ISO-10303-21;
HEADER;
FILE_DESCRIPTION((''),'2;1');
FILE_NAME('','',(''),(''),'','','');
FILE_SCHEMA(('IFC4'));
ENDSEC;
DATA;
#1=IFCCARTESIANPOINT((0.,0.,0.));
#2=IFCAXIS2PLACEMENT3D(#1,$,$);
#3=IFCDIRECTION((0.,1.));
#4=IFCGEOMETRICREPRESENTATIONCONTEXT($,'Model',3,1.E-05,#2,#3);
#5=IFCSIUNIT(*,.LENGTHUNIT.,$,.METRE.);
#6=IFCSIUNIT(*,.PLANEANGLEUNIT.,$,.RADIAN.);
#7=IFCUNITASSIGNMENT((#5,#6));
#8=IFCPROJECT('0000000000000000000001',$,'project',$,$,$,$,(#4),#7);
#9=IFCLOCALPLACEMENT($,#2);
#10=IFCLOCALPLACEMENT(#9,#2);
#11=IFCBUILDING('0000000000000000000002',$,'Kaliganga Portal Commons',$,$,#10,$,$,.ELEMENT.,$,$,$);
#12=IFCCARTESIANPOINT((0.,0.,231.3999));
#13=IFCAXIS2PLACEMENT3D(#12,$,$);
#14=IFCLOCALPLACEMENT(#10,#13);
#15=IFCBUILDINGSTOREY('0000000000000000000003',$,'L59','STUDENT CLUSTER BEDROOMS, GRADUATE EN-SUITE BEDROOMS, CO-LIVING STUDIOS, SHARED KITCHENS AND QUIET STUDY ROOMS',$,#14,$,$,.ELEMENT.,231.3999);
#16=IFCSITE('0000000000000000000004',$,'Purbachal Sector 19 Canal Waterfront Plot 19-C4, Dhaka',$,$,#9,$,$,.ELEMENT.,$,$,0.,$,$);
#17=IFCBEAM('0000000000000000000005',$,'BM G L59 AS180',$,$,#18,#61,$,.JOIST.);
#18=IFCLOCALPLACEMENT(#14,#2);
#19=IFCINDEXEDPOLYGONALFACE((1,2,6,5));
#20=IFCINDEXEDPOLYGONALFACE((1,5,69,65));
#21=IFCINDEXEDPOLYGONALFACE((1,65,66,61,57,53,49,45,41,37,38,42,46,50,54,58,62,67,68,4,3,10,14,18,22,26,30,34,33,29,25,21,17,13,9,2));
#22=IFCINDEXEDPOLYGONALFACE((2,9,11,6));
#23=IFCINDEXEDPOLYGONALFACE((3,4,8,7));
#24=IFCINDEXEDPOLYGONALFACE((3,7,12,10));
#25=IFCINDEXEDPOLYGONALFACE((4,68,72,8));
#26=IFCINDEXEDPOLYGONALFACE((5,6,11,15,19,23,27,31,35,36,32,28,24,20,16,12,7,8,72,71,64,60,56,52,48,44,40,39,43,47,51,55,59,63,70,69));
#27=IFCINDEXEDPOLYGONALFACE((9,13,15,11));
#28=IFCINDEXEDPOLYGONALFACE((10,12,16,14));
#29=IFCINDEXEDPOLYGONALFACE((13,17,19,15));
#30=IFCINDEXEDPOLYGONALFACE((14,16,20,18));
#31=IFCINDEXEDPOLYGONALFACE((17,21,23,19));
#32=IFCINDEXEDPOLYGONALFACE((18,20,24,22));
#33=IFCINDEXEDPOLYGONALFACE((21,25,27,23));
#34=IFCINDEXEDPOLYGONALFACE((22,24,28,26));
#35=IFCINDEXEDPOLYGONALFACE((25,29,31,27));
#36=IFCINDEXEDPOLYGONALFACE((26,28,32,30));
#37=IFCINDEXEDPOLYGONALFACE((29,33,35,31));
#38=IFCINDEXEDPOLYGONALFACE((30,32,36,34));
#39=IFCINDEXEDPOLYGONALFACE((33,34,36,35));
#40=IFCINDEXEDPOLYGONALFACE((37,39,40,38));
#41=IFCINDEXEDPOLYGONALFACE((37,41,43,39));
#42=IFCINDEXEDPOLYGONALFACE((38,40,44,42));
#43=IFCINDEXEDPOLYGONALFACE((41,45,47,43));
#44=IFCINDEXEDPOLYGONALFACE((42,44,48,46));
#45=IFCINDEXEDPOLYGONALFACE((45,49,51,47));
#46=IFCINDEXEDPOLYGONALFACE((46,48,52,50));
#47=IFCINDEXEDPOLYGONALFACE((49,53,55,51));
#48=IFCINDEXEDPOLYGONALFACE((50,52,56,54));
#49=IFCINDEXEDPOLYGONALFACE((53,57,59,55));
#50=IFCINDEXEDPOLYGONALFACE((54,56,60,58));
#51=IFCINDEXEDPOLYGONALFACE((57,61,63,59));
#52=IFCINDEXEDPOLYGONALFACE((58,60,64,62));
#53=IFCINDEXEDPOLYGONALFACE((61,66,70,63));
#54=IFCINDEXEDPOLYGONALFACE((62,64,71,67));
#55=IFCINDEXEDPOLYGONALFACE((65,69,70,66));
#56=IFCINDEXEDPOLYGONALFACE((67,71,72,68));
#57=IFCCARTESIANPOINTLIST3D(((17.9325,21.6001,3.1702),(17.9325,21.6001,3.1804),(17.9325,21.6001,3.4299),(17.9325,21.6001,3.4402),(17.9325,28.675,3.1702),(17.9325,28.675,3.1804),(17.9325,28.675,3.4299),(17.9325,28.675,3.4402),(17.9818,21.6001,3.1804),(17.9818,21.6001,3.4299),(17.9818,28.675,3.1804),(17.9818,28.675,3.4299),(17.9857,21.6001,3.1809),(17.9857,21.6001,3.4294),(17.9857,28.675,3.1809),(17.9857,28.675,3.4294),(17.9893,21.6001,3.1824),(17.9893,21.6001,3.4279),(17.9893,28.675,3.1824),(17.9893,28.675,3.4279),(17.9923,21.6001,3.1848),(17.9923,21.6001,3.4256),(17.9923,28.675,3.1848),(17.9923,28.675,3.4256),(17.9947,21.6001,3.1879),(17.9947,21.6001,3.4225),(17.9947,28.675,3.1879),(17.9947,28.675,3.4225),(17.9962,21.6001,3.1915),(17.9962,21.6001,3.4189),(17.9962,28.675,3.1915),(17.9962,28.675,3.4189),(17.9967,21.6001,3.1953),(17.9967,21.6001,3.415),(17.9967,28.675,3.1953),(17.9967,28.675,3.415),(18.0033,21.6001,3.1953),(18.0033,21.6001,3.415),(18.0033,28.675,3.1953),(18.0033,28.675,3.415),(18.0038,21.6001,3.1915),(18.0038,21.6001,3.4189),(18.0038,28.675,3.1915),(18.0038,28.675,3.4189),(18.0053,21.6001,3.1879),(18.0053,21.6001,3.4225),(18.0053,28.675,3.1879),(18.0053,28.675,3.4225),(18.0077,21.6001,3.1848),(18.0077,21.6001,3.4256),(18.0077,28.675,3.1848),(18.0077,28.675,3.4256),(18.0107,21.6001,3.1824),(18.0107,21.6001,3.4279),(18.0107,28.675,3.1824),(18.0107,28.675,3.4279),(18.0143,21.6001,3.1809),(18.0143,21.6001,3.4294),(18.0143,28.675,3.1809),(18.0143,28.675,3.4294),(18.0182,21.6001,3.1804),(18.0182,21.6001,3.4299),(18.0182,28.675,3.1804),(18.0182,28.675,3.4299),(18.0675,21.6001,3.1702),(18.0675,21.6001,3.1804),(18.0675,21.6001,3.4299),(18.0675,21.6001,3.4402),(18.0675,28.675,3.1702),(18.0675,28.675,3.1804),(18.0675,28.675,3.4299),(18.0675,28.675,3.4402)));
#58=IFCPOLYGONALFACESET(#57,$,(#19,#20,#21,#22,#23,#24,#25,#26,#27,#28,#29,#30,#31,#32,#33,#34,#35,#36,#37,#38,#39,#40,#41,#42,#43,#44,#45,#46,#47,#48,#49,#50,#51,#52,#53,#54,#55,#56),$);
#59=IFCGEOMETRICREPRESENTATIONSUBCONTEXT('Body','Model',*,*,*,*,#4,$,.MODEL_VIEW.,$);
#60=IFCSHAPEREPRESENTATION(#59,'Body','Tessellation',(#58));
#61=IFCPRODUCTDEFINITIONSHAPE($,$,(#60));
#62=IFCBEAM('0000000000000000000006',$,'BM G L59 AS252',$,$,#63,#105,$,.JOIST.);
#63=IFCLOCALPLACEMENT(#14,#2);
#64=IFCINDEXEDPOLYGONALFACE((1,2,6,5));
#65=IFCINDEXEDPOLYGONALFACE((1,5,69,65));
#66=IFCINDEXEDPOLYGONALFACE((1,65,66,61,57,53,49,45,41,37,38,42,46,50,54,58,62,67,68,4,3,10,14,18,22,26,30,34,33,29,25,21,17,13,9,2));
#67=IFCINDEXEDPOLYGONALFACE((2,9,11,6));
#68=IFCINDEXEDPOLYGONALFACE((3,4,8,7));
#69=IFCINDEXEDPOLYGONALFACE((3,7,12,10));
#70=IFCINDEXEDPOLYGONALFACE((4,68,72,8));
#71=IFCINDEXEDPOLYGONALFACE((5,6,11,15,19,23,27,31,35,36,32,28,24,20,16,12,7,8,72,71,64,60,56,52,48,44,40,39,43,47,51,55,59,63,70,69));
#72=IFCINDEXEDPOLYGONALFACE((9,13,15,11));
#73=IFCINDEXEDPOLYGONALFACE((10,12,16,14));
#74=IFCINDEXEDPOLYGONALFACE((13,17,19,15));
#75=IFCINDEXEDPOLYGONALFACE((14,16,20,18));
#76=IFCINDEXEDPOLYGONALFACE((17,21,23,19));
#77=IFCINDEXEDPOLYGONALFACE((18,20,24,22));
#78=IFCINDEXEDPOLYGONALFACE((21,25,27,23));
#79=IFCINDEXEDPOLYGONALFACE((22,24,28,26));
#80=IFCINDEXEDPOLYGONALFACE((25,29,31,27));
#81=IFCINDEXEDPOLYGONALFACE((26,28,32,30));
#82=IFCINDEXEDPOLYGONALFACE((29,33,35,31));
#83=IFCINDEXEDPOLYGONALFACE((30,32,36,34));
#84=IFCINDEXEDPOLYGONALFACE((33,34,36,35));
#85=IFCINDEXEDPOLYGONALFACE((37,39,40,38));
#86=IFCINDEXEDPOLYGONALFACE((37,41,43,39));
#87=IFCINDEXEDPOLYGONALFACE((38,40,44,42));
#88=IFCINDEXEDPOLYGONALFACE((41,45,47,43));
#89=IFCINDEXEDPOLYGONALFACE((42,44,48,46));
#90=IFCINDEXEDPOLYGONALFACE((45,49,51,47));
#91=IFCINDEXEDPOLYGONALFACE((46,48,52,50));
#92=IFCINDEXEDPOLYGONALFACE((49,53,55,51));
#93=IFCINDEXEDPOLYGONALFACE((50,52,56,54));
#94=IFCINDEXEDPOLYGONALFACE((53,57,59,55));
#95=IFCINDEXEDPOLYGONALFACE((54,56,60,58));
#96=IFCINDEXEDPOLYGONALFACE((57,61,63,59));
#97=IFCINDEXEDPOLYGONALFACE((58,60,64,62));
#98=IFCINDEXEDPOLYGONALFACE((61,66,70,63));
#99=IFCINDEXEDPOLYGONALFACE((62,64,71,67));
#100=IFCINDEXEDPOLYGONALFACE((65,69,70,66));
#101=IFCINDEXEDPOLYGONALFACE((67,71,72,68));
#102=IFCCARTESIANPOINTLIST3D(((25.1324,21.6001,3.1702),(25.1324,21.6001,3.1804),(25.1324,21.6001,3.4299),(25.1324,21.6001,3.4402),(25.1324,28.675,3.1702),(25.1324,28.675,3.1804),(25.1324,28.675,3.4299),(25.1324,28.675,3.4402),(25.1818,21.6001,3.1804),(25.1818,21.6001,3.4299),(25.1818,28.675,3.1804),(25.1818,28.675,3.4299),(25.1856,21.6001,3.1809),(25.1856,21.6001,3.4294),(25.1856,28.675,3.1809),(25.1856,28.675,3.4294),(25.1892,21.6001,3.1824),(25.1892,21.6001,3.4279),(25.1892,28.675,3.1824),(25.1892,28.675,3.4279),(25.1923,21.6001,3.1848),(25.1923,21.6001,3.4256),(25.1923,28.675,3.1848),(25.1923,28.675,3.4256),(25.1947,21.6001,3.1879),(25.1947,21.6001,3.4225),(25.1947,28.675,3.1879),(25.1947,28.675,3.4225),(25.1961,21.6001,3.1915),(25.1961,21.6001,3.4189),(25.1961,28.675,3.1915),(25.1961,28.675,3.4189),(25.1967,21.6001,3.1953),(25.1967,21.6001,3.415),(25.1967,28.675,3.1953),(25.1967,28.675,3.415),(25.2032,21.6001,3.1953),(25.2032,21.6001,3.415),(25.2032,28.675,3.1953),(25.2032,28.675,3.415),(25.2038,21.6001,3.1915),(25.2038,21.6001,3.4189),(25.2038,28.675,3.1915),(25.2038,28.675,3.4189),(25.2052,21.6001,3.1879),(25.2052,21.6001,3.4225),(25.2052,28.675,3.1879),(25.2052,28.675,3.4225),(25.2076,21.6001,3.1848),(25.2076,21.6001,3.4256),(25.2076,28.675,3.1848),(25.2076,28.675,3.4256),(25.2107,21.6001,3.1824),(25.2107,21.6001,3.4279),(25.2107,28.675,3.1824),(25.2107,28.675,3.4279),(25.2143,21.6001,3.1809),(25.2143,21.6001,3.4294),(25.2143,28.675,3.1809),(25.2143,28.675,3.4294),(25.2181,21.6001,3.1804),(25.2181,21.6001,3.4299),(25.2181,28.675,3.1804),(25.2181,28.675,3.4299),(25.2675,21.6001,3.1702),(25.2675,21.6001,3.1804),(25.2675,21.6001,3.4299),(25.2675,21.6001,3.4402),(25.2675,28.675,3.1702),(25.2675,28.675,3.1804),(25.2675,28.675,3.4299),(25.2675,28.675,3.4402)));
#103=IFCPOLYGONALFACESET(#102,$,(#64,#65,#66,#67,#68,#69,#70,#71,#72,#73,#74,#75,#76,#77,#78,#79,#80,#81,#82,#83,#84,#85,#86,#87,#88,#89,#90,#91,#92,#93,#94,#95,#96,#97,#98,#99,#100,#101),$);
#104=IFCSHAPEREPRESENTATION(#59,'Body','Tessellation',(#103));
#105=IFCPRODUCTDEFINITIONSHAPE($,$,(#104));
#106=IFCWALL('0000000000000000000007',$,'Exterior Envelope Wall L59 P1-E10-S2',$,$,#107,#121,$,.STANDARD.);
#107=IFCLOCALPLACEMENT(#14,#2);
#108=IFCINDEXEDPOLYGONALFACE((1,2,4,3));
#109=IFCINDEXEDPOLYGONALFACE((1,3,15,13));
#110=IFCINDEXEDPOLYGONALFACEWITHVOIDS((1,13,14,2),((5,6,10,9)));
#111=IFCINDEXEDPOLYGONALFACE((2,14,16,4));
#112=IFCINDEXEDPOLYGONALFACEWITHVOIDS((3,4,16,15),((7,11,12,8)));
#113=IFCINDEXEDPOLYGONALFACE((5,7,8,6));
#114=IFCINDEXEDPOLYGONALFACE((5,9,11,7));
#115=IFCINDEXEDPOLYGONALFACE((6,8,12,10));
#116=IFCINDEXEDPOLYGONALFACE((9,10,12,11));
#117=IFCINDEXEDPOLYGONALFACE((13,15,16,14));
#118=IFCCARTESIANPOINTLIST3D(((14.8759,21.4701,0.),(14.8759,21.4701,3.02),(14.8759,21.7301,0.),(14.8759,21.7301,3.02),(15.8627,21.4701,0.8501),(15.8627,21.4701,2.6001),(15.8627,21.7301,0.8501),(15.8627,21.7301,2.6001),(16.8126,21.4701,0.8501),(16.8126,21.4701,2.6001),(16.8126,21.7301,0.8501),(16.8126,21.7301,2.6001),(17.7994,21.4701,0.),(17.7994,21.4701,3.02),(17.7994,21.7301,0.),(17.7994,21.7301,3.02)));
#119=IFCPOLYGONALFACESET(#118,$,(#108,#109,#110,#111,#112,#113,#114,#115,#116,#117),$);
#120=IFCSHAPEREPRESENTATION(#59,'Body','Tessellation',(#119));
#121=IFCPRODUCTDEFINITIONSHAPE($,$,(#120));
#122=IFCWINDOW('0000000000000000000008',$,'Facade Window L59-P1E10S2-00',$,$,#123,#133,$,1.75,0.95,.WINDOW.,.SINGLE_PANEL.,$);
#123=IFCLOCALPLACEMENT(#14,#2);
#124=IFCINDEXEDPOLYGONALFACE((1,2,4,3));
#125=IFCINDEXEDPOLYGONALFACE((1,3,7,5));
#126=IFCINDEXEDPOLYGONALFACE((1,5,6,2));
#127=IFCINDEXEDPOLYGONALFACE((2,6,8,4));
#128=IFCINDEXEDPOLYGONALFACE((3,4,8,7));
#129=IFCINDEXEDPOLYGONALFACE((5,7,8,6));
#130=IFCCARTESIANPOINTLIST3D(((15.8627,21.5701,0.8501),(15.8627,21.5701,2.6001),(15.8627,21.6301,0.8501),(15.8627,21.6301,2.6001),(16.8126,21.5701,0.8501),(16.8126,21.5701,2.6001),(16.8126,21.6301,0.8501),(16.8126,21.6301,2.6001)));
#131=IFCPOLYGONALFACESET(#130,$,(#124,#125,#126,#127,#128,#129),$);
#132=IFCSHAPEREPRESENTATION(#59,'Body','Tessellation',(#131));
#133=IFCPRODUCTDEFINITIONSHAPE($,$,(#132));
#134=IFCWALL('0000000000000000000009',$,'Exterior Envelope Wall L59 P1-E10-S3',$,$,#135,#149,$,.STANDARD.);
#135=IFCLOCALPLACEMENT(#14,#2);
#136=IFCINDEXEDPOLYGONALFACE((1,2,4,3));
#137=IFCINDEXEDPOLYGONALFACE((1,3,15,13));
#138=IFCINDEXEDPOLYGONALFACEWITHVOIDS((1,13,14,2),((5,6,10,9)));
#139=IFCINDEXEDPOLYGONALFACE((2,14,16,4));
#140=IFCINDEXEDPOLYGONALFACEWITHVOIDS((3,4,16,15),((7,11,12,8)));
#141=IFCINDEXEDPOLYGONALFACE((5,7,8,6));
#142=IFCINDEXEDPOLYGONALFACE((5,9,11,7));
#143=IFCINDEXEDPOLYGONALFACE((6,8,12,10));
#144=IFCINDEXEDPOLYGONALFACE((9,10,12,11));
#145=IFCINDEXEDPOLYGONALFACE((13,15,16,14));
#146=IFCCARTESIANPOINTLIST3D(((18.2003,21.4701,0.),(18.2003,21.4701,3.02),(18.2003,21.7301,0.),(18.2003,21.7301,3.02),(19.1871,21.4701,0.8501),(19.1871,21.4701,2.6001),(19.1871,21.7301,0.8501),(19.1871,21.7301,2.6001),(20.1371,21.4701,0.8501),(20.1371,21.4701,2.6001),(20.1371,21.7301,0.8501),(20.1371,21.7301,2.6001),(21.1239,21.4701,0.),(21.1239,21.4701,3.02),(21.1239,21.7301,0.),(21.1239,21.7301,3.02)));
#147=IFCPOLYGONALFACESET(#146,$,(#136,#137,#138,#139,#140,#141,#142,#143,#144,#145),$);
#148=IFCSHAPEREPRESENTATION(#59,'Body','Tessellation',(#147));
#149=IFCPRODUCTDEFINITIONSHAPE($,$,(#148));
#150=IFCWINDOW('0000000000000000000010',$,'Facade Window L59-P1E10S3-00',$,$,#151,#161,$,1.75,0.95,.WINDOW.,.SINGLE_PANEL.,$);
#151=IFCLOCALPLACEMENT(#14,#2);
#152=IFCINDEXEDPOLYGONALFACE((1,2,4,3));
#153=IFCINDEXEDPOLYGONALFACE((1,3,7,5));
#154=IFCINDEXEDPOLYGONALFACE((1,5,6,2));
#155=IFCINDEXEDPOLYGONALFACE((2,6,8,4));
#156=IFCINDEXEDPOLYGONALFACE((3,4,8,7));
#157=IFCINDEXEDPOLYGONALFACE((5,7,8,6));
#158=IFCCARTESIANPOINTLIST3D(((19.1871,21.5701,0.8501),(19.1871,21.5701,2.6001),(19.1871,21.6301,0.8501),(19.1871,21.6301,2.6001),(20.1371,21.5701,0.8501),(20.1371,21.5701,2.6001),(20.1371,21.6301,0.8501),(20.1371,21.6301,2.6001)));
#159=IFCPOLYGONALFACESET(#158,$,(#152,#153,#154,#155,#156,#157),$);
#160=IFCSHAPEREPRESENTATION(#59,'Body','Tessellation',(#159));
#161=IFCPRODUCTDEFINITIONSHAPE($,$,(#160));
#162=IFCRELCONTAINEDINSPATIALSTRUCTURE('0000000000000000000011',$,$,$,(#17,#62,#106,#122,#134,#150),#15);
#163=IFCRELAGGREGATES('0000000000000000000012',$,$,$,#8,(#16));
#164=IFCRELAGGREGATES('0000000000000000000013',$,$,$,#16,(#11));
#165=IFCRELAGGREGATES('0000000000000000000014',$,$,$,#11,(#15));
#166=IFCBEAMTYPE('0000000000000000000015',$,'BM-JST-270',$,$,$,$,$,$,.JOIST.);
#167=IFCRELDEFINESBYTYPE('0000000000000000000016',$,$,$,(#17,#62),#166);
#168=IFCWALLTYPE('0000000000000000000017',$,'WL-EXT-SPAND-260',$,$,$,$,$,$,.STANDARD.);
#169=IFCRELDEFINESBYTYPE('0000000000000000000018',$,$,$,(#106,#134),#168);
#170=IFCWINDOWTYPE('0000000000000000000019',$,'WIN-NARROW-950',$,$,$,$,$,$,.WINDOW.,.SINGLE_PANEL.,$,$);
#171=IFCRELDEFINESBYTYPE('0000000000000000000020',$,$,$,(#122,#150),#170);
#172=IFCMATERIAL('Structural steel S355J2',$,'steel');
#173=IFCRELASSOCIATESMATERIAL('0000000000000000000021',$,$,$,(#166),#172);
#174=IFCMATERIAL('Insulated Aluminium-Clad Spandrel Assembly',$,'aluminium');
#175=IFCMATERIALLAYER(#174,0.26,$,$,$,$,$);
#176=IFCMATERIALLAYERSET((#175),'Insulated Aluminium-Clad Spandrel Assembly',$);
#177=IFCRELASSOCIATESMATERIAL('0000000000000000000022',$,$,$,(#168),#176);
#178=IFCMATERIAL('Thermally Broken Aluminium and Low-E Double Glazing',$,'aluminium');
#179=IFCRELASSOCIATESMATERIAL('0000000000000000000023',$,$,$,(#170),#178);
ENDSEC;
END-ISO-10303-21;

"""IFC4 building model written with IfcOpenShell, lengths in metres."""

from ifc_helpers import new_model, si_unit, direction, frame, frame_2d, origin, origin_2d, place, context, subcontext, project, spatial, rectangle, i_section, extrude, source, transform, mapped, material, layer, layer_set, material_profile, profile_set, type_object, element, fill, save


model = new_model("IFC4")

# Units and contexts
model_context = context("Model", 3, precision=1e-05, world=origin(), true_north=direction((0.0, 1.0)))
body_context = subcontext(model_context, "Body", "Model", "MODEL_VIEW")
ifc_project = project(units=[si_unit("LENGTHUNIT", "METRE"), si_unit("PLANEANGLEUNIT", "RADIAN")], contexts=[model_context])

# Site, building, storey
site_placement = place(None, origin())
site = spatial("IfcSite", under=ifc_project, at=site_placement, Name="Purbachal Sector 19 Canal Waterfront Plot 19-C4, Dhaka", CompositionType="ELEMENT", RefElevation=0.0)
building_placement = place(site_placement, origin())
building = spatial("IfcBuilding", under=site, at=building_placement, Name="Kaliganga Portal Commons", CompositionType="ELEMENT")
storey_placement = place(building_placement, frame((0.0, 0.0, 231.3999)))
storey = spatial("IfcBuildingStorey", under=building, at=storey_placement, Name="L59", Description="STUDENT CLUSTER BEDROOMS, GRADUATE EN-SUITE BEDROOMS, CO-LIVING STUDIOS, SHARED KITCHENS AND QUIET STUDY ROOMS", CompositionType="ELEMENT", Elevation=231.3999)

# Shared definitions
ifc_material_1 = material(Name="Structural steel S355J2", Category="steel")

# Beams
ifc_material_profile_1 = material_profile(ifc_material_1, i_section(OverallWidth=0.135, OverallDepth=0.27, WebThickness=0.0066, FlangeThickness=0.0103, FilletRadius=0.0149, at=origin_2d()), Name="IPE 270")
ifc_profile_set_1 = profile_set([ifc_material_profile_1], Name="Structural steel S355J2 wide-flange")
beam_type_1 = type_object("IfcBeamType", Name="BM-JST-270", PredefinedType="JOIST", material=ifc_profile_set_1)
shared_shape_1 = source(origin(), body_context, "Body", "SweptSolid", [
    extrude(i_section(OverallWidth=0.135, OverallDepth=0.27, WebThickness=0.0066, FlangeThickness=0.0103, FilletRadius=0.0149, at=origin_2d()), origin(), (0.0, 0.0, 1.0), 7.075),
])
for number, where, z_axis, x_axis, name in (
    (1, (18.0, 21.6001, 3.3052), (0.0, 1.0, 0.0), (-1.0, 0.0, 0.0), "BM G L59 AS180"),
    (2, (25.2, 21.6001, 3.3052), (0.0, 1.0, 0.0), (-1.0, 0.0, 0.0), "BM G L59 AS252"),
):
    element("IfcBeam", number, at=place(storey_placement, frame(where, z_axis=z_axis, x_axis=x_axis)), inside=storey, type_object=beam_type_1, Name=name, PredefinedType="JOIST", context=body_context, shape_type="MappedRepresentation", body=[
        mapped(shared_shape_1, transform((0.0, 0.0, 0.0), x_axis=(1.0, 0.0, 0.0), y_axis=(0.0, 1.0, 0.0), z_axis=(0.0, 0.0, 1.0), scale=1.0)),
    ])

# Walls, openings, windows
ifc_material_2 = material(Name="Insulated Aluminium-Clad Spandrel Assembly", Category="aluminium")
ifc_layer_1 = layer(ifc_material_2, 0.26)
ifc_layer_set_1 = layer_set([ifc_layer_1], Name="Insulated Aluminium-Clad Spandrel Assembly")
wall_type_1 = type_object("IfcWallType", Name="WL-EXT-SPAND-260", PredefinedType="STANDARD", material=ifc_layer_set_1)
wall_1_placement = place(storey_placement, frame((17.7996, 21.6001, 0.0), z_axis=(0.0, 0.0, 1.0), x_axis=(-1.0, 0.0, 0.0)))
wall_1 = element("IfcWall", 3, at=wall_1_placement, inside=storey, type_object=wall_type_1, Name="Exterior Envelope Wall L59 P1-E10-S2", PredefinedType="STANDARD", context=body_context, shape_type="SweptSolid", body=[
    extrude(rectangle(XDim=2.9236, YDim=0.26, at=frame_2d((1.4619, 0.0))), origin(), (0.0, 0.0, 1.0), 3.02),
])
opening_1_placement = place(wall_1_placement, frame((0.9868, 0.0, 0.8501)))
opening_1 = element("IfcOpeningElement", 4, at=opening_1_placement, cuts=wall_1, PredefinedType="OPENING", context=body_context, shape_type="SweptSolid", body=[
    extrude(rectangle(XDim=0.95, YDim=1.75, at=frame_2d((0.4751, 0.875))), frame((0.0, 0.1401, 0.0), z_axis=(0.0, -1.0, 0.0), x_axis=(1.0, 0.0, 0.0)), (0.0, 0.0, 1.0), 0.28),
])
ifc_material_3 = material(Name="Thermally Broken Aluminium and Low-E Double Glazing", Category="aluminium")
window_type = type_object("IfcWindowType", Name="WIN-NARROW-950", PartitioningType="SINGLE_PANEL", PredefinedType="WINDOW", material=ifc_material_3)
window_1_placement = place(opening_1_placement, origin())
window_1 = element("IfcWindow", 5, at=window_1_placement, inside=storey, type_object=window_type, Name="Facade Window L59-P1E10S2-00", OverallHeight=1.75, OverallWidth=0.95, PartitioningType="SINGLE_PANEL", PredefinedType="WINDOW", context=body_context, shape_type="SweptSolid", body=[
    extrude(rectangle(XDim=0.95, YDim=1.75, at=frame_2d((0.4751, 0.875))), frame((0.0, 0.03, 0.0), z_axis=(0.0, -1.0, 0.0), x_axis=(1.0, 0.0, 0.0)), (0.0, 0.0, 1.0), 0.0601),
])
fill(opening_1, window_1)
wall_2_placement = place(storey_placement, frame((21.124, 21.6001, 0.0), z_axis=(0.0, 0.0, 1.0), x_axis=(-1.0, 0.0, 0.0)))
wall_2 = element("IfcWall", 6, at=wall_2_placement, inside=storey, type_object=wall_type_1, Name="Exterior Envelope Wall L59 P1-E10-S3", PredefinedType="STANDARD", context=body_context, shape_type="SweptSolid", body=[
    extrude(rectangle(XDim=2.9236, YDim=0.26, at=frame_2d((1.4619, 0.0))), origin(), (0.0, 0.0, 1.0), 3.02),
])
opening_2_placement = place(wall_2_placement, frame((0.9868, 0.0, 0.8501)))
opening_2 = element("IfcOpeningElement", 7, at=opening_2_placement, cuts=wall_2, PredefinedType="OPENING", context=body_context, shape_type="SweptSolid", body=[
    extrude(rectangle(XDim=0.95, YDim=1.75, at=frame_2d((0.4751, 0.875))), frame((0.0, 0.1401, 0.0), z_axis=(0.0, -1.0, 0.0), x_axis=(1.0, 0.0, 0.0)), (0.0, 0.0, 1.0), 0.28),
])
window_2_placement = place(opening_2_placement, origin())
window_2 = element("IfcWindow", 8, at=window_2_placement, inside=storey, type_object=window_type, Name="Facade Window L59-P1E10S3-00", OverallHeight=1.75, OverallWidth=0.95, PartitioningType="SINGLE_PANEL", PredefinedType="WINDOW", context=body_context, shape_type="SweptSolid", body=[
    extrude(rectangle(XDim=0.95, YDim=1.75, at=frame_2d((0.4751, 0.875))), frame((0.0, 0.03, 0.0), z_axis=(0.0, -1.0, 0.0), x_axis=(1.0, 0.0, 0.0)), (0.0, 0.0, 1.0), 0.0601),
])
fill(opening_2, window_2)

save(model, "model.ifc")
